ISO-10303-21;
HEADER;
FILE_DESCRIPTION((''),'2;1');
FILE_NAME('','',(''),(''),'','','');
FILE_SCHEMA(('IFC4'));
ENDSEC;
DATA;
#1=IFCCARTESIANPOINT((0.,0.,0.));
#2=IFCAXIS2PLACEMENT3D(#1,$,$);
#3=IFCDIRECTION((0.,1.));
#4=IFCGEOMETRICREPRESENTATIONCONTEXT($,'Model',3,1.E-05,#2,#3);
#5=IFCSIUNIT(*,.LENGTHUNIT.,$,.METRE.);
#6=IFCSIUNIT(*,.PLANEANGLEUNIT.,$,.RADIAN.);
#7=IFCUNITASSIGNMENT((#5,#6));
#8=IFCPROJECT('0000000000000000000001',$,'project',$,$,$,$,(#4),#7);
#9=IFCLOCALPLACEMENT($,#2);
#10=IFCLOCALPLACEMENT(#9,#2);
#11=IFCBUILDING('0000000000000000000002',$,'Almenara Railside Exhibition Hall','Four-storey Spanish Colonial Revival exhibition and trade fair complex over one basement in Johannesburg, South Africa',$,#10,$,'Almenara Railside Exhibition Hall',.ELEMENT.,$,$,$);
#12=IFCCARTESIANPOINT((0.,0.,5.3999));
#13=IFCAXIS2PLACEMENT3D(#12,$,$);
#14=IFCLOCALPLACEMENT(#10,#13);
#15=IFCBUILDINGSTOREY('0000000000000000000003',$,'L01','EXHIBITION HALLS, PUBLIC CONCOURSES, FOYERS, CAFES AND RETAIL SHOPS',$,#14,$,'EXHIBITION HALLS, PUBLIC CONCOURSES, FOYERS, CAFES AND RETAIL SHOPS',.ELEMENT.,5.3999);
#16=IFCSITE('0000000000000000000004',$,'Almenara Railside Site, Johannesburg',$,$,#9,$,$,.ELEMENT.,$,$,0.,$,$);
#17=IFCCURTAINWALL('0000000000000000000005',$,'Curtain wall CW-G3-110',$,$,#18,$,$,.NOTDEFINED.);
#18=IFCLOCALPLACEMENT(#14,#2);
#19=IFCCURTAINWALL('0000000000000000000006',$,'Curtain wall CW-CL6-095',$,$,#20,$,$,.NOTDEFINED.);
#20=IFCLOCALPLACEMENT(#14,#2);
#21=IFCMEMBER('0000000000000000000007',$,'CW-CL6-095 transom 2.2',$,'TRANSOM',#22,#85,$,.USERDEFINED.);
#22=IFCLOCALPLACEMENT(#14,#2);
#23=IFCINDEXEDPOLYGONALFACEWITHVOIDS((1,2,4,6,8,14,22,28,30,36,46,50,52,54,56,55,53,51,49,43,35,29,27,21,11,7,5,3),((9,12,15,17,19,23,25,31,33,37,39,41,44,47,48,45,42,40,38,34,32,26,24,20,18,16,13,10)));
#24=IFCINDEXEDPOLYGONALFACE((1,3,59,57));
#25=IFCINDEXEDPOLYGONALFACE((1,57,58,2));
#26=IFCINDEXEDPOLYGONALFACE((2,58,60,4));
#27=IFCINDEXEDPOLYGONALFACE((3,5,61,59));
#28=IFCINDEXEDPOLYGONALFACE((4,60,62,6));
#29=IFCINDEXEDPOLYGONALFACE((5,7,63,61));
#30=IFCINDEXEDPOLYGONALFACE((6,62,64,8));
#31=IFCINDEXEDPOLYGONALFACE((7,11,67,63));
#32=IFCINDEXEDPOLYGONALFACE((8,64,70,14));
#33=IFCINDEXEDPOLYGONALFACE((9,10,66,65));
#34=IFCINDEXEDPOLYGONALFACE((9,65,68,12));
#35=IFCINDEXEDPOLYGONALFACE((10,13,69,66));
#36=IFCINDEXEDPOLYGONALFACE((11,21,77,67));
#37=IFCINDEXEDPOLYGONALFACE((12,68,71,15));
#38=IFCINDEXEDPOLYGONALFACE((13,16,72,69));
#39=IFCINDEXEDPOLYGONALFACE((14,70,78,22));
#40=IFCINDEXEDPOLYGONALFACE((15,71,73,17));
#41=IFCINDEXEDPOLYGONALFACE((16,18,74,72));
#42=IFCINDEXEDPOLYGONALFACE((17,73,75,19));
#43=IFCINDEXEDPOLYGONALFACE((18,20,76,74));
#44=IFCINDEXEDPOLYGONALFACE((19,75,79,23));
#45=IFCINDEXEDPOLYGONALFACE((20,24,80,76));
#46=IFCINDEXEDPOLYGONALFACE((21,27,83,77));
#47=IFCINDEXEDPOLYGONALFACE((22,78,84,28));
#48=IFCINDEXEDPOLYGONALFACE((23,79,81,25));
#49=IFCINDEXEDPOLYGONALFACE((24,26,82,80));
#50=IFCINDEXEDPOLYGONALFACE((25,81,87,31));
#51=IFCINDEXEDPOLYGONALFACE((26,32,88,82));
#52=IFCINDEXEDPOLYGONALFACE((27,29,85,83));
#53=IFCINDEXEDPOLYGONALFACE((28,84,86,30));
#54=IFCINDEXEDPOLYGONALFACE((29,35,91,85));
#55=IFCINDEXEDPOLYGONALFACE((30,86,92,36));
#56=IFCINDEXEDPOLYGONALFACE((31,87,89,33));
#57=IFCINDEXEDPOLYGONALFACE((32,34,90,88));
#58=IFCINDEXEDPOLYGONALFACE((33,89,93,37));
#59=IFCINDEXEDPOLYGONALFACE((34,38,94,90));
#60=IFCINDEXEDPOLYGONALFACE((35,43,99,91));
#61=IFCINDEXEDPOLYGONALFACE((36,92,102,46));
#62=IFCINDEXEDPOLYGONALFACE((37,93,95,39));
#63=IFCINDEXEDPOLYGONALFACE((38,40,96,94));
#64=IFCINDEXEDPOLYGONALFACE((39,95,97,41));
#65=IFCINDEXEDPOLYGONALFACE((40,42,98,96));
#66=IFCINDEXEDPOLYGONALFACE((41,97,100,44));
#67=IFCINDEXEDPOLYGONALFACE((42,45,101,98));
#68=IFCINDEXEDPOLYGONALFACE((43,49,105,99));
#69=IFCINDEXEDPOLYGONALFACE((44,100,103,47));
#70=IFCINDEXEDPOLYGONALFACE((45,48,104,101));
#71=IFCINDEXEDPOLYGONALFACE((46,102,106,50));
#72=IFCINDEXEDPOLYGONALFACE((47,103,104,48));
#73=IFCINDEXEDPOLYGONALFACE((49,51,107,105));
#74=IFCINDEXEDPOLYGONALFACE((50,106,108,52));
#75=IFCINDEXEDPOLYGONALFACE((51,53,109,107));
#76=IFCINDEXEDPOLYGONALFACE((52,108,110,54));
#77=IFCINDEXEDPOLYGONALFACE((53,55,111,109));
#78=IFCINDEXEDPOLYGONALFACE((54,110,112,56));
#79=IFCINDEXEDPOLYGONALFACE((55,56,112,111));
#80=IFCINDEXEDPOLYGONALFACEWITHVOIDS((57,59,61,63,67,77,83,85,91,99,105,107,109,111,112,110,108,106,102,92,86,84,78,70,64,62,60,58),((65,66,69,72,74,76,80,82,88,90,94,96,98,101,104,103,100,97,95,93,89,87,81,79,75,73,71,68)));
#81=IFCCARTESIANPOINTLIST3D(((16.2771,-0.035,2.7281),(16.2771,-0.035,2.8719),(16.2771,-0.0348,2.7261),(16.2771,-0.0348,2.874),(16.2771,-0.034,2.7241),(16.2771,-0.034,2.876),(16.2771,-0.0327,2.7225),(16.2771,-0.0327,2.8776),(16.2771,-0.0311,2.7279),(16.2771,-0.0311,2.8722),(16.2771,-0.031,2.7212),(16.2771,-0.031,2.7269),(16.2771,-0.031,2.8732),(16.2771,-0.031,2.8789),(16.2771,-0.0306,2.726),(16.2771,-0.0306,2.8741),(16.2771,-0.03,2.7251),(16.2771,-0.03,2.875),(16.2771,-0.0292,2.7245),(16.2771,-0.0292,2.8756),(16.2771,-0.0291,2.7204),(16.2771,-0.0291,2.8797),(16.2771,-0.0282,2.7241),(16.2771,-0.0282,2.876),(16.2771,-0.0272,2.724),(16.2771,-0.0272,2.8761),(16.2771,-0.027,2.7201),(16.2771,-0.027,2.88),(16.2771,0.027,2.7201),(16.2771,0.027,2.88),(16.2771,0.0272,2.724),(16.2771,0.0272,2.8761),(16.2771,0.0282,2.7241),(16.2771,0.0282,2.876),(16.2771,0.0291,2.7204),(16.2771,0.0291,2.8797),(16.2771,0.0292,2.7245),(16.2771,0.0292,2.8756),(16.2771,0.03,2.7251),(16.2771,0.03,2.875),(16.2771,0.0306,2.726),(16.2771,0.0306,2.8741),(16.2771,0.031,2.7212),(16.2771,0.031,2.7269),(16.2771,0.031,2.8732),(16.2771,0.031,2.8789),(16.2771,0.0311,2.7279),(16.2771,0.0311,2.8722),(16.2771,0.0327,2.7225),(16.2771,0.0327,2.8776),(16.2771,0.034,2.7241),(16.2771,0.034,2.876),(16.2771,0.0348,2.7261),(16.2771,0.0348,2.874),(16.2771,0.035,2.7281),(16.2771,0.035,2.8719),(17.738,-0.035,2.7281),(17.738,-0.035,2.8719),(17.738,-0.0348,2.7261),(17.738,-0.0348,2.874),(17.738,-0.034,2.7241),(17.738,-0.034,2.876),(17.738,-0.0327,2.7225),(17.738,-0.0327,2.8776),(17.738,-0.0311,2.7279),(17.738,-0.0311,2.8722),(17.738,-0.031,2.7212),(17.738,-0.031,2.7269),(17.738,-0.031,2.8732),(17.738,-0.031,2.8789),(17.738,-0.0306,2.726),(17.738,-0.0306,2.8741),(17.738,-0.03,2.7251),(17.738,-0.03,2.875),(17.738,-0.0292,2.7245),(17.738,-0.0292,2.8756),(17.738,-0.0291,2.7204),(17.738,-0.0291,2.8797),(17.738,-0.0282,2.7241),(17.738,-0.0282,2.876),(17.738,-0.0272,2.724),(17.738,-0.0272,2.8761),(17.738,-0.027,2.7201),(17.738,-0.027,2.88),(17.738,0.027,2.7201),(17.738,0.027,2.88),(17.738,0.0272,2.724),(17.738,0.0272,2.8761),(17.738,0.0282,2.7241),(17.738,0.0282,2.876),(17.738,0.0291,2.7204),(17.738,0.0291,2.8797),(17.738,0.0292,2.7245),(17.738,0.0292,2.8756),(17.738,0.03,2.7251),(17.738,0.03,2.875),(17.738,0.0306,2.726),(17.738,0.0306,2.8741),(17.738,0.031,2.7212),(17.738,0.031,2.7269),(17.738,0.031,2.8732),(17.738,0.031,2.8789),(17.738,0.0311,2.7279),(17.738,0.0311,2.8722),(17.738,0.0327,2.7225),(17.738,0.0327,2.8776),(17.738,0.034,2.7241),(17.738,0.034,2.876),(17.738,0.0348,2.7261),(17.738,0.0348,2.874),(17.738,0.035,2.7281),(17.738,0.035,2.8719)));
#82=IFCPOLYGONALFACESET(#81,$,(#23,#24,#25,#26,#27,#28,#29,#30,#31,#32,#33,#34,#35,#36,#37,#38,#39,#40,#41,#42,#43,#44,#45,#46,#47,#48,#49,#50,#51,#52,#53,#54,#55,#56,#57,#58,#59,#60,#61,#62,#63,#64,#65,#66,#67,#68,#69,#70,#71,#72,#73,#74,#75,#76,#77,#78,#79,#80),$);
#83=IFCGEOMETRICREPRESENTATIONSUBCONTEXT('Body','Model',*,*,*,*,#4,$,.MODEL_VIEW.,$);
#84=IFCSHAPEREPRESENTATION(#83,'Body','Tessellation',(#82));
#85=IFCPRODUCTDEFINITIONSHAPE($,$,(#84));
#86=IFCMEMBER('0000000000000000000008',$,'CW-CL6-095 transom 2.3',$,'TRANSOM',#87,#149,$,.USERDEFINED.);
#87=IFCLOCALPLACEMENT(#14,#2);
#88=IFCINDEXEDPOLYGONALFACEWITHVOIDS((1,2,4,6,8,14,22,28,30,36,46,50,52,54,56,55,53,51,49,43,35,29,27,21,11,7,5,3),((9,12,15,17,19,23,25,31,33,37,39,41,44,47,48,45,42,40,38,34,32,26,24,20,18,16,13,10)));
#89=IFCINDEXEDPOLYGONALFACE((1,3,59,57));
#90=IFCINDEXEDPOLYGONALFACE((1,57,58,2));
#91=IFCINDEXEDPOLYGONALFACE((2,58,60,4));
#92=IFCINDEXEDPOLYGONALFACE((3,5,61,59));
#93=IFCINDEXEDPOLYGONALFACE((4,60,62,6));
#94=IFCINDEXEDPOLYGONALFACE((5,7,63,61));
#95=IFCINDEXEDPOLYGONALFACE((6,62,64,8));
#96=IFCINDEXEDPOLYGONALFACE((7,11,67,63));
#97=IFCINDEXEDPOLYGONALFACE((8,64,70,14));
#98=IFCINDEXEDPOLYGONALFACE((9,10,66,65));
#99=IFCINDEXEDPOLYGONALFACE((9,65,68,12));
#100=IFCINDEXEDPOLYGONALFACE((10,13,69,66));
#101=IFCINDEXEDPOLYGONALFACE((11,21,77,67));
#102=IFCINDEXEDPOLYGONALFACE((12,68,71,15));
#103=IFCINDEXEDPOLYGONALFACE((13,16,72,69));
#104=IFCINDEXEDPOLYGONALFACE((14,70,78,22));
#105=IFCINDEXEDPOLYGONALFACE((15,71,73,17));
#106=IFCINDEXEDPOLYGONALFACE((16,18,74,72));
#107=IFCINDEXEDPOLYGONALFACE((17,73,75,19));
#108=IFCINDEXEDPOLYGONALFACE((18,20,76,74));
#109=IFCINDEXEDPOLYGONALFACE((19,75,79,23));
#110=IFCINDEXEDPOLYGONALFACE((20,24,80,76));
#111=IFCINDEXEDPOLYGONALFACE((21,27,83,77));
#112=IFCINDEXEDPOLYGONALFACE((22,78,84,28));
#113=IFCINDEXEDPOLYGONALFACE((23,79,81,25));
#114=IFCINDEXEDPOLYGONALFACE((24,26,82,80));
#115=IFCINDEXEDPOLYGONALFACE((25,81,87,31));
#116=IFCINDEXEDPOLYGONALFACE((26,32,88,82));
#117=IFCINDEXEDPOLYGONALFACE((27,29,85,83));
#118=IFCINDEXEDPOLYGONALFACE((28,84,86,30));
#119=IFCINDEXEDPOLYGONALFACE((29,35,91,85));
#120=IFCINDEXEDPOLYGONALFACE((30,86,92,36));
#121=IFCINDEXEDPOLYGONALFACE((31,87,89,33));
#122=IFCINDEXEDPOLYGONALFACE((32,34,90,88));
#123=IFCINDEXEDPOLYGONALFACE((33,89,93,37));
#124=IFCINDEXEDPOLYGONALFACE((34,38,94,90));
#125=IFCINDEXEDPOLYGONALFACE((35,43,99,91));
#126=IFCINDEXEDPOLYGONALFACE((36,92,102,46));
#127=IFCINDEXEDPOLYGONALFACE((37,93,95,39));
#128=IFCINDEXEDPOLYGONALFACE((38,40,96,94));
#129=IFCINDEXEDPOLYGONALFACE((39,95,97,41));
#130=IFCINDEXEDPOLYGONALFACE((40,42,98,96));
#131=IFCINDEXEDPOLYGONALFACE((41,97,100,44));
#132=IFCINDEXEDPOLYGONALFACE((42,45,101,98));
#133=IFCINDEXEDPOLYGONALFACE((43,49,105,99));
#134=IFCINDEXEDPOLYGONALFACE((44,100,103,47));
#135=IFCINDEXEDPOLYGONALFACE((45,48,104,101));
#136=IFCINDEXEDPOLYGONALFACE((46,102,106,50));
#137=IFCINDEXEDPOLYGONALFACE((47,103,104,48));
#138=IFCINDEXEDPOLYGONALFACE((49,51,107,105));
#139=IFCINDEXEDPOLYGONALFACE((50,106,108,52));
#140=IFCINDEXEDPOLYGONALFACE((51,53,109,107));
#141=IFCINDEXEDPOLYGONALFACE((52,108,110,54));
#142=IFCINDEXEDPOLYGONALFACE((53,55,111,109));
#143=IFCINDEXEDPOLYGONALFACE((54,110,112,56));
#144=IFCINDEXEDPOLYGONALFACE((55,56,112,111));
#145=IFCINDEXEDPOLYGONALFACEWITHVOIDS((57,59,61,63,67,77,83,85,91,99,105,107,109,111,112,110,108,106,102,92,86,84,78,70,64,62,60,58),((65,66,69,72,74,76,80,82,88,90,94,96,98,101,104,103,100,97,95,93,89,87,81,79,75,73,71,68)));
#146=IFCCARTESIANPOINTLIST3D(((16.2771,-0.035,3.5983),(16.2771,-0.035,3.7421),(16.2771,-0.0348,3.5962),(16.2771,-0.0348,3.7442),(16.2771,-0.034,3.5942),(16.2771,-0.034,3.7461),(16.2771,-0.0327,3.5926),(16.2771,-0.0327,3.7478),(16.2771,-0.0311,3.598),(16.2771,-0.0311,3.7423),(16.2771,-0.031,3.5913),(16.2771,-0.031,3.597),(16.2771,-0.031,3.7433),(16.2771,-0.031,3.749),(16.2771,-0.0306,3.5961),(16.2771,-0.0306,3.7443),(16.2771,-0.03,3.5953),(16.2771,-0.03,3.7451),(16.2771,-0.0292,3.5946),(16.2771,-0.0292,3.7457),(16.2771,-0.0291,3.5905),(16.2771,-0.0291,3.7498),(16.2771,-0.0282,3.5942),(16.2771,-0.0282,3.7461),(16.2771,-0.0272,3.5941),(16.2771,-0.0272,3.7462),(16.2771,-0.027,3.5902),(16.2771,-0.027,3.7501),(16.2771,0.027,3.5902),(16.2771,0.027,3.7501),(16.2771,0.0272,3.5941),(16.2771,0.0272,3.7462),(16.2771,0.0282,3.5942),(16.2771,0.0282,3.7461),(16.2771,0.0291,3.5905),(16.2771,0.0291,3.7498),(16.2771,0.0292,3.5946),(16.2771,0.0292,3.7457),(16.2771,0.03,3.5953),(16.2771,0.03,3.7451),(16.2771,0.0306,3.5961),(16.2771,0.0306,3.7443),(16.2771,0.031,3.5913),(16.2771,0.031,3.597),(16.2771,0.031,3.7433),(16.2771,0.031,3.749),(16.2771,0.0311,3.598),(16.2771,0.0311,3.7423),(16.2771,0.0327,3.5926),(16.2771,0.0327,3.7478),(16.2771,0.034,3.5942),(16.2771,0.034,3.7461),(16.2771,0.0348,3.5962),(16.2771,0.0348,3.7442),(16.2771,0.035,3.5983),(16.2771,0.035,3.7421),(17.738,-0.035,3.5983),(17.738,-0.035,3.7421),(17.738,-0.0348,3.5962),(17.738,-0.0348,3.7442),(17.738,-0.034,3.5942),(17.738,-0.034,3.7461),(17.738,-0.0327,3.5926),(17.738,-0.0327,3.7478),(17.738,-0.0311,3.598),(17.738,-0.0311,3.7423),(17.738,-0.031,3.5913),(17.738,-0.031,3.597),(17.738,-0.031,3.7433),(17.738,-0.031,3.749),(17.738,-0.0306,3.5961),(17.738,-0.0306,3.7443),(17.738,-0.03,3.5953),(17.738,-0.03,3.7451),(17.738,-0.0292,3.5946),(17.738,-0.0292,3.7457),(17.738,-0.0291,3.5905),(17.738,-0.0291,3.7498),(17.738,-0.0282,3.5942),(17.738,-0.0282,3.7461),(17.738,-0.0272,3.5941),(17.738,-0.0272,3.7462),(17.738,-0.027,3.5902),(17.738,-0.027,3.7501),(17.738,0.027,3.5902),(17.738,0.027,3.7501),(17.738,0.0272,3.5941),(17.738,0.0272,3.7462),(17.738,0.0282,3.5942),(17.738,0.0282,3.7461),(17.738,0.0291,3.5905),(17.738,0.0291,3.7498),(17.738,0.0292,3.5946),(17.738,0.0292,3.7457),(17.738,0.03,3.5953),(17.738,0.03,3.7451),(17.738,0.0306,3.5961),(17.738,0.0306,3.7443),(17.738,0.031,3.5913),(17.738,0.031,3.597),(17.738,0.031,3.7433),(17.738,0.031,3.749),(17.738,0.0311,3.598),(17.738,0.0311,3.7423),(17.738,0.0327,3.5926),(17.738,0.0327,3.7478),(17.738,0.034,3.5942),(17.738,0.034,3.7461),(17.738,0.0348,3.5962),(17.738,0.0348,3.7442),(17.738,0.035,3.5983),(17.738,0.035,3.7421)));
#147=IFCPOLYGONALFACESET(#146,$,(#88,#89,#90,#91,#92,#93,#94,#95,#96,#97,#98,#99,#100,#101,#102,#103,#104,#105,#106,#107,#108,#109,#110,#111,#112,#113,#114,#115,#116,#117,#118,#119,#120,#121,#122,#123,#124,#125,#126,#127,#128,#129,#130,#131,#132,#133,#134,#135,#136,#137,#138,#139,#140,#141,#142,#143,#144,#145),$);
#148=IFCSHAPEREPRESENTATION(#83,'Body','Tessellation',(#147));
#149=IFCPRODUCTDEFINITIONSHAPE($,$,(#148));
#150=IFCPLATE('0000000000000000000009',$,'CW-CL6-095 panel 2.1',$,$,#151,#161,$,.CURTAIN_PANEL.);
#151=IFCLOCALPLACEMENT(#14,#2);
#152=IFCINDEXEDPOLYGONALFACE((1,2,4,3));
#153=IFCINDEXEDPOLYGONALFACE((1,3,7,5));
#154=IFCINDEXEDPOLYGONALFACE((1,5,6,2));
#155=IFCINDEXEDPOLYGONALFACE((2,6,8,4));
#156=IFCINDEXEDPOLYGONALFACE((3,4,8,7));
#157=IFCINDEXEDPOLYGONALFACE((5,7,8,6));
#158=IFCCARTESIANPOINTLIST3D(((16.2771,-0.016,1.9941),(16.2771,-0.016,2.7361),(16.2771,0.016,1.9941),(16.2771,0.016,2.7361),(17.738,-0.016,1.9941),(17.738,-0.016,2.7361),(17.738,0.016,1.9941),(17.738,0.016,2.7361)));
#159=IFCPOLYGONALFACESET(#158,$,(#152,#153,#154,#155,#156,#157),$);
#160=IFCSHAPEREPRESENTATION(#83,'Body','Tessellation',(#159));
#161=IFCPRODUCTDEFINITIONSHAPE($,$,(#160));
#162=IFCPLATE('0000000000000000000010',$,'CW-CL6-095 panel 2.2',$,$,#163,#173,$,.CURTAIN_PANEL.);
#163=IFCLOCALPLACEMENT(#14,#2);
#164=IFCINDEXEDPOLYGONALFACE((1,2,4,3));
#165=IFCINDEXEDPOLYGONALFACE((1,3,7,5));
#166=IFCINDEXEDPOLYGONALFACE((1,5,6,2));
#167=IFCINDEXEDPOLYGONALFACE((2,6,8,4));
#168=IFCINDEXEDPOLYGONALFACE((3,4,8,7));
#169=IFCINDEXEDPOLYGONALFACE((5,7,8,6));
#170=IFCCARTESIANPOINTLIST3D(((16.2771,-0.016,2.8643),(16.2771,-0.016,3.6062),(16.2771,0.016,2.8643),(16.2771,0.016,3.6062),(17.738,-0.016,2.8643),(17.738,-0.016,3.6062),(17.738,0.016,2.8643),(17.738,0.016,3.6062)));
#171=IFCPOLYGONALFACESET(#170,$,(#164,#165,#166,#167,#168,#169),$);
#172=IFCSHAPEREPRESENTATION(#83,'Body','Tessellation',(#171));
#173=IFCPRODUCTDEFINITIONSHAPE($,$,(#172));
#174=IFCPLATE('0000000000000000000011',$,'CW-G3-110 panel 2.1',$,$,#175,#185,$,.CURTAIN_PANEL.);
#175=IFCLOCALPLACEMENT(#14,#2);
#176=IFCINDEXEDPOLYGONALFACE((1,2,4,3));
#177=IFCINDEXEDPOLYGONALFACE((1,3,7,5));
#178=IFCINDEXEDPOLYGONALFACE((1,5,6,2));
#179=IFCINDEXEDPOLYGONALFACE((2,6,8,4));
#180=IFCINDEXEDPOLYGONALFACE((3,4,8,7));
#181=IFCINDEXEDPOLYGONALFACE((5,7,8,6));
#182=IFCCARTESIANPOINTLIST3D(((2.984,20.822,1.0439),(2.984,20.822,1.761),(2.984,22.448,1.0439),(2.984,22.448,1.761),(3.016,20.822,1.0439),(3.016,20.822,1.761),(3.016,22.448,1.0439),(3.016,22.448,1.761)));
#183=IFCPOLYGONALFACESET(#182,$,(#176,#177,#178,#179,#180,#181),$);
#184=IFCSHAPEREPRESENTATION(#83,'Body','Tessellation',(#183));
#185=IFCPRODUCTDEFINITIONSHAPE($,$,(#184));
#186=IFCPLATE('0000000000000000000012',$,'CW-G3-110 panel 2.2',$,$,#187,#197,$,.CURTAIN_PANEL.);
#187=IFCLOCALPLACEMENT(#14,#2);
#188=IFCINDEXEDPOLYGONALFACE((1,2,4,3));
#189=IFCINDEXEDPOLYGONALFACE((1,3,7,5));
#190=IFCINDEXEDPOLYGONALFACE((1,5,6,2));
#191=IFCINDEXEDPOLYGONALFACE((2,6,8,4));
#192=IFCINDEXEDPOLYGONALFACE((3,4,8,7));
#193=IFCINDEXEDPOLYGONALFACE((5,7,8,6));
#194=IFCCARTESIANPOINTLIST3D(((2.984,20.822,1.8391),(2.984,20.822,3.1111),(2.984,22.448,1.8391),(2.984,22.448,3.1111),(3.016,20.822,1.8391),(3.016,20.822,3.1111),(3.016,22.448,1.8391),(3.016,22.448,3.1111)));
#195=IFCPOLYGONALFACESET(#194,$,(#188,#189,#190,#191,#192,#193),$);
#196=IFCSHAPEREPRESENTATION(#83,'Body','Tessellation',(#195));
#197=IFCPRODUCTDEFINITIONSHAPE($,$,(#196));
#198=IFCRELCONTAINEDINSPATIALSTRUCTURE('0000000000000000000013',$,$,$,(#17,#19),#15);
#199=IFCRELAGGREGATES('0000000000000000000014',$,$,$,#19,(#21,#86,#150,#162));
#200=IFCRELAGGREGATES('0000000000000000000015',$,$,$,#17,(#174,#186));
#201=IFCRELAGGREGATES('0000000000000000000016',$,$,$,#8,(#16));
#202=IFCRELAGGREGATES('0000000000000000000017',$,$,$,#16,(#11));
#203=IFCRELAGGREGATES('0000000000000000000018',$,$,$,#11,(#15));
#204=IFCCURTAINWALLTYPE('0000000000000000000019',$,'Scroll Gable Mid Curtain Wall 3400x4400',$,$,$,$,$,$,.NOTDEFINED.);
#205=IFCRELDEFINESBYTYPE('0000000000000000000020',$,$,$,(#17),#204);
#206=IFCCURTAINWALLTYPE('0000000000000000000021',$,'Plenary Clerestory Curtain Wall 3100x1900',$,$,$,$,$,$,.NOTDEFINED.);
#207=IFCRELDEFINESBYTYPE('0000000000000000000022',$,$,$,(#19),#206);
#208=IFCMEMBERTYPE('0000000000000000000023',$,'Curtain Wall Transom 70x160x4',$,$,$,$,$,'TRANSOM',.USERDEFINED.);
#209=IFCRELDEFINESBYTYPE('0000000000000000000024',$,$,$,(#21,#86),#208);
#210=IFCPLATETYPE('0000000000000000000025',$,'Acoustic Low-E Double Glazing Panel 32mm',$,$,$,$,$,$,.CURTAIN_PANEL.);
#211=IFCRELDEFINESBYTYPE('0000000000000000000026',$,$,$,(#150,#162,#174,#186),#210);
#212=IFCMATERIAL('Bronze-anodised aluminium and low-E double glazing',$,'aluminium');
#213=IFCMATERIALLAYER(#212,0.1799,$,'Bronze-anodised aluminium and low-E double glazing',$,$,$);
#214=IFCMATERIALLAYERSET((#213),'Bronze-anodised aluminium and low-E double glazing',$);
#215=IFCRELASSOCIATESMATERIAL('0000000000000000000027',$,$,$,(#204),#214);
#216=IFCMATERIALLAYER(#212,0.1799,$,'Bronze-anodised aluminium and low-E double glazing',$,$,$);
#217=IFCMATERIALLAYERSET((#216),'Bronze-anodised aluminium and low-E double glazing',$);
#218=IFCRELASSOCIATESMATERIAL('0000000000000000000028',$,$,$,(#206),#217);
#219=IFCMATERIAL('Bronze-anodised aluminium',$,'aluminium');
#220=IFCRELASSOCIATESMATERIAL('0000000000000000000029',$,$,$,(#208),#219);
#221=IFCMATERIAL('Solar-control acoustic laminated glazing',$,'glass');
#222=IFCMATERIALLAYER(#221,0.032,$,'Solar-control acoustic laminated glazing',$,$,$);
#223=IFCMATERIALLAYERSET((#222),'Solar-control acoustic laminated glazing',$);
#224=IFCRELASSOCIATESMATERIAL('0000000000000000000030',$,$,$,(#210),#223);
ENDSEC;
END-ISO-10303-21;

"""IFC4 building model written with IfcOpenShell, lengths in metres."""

from ifc_helpers import new_model, si_unit, direction, frame, origin, origin_2d, place, context, subcontext, project, spatial, rectangle, hollow_rectangle, extrude, material, layer, layer_set, material_profile, profile_set, type_object, element, aggregate, save


model = new_model("IFC4")

# Units and contexts
model_context = context("Model", 3, precision=1e-05, world=origin(), true_north=direction((0.0, 1.0)))
body_context = subcontext(model_context, "Body", "Model", "MODEL_VIEW")
ifc_project = project(units=[si_unit("LENGTHUNIT", "METRE"), si_unit("PLANEANGLEUNIT", "RADIAN")], contexts=[model_context])

# Site, building, storey
site_placement = place(None, origin())
site = spatial("IfcSite", under=ifc_project, at=site_placement, Name="Almenara Railside Site, Johannesburg", CompositionType="ELEMENT", RefElevation=0.0)
building_placement = place(site_placement, origin())
building = spatial("IfcBuilding", under=site, at=building_placement, Name="Almenara Railside Exhibition Hall", Description="Four-storey Spanish Colonial Revival exhibition and trade fair complex over one basement in Johannesburg, South Africa", LongName="Almenara Railside Exhibition Hall", CompositionType="ELEMENT")
storey_placement = place(building_placement, frame((0.0, 0.0, 5.3999)))
storey = spatial("IfcBuildingStorey", under=building, at=storey_placement, Name="L01", Description="EXHIBITION HALLS, PUBLIC CONCOURSES, FOYERS, CAFES AND RETAIL SHOPS", LongName="EXHIBITION HALLS, PUBLIC CONCOURSES, FOYERS, CAFES AND RETAIL SHOPS", CompositionType="ELEMENT", Elevation=5.3999)

# Curtain walls
ifc_material_1 = material(Name="Bronze-anodised aluminium and low-E double glazing", Category="aluminium")
ifc_material_2 = material(Name="Bronze-anodised aluminium", Category="aluminium")
ifc_layer_1 = layer(ifc_material_1, 0.1799, Name="Bronze-anodised aluminium and low-E double glazing")
ifc_layer_set_1 = layer_set([ifc_layer_1], Name="Bronze-anodised aluminium and low-E double glazing")
curtain_wall_type_1 = type_object("IfcCurtainWallType", Name="Scroll Gable Mid Curtain Wall 3400x4400", PredefinedType="NOTDEFINED", material=ifc_layer_set_1)
curtain_wall_1_placement = place(storey_placement, origin())
curtain_wall_1 = element("IfcCurtainWall", 1, at=curtain_wall_1_placement, inside=storey, type_object=curtain_wall_type_1, Name="Curtain wall CW-G3-110", PredefinedType="NOTDEFINED")
ifc_layer_2 = layer(ifc_material_1, 0.1799, Name="Bronze-anodised aluminium and low-E double glazing")
ifc_layer_set_2 = layer_set([ifc_layer_2], Name="Bronze-anodised aluminium and low-E double glazing")
curtain_wall_type_2 = type_object("IfcCurtainWallType", Name="Plenary Clerestory Curtain Wall 3100x1900", PredefinedType="NOTDEFINED", material=ifc_layer_set_2)
curtain_wall_2_placement = place(storey_placement, origin())
curtain_wall_2 = element("IfcCurtainWall", 2, at=curtain_wall_2_placement, inside=storey, type_object=curtain_wall_type_2, Name="Curtain wall CW-CL6-095", PredefinedType="NOTDEFINED")

# Members
ifc_material_profile_1 = material_profile(ifc_material_2, hollow_rectangle(XDim=0.0701, YDim=0.1599, WallThickness=0.0039, InnerFilletRadius=0.0039, OuterFilletRadius=0.0081, at=origin_2d()), Name="ALU-TRN 70x160x4")
ifc_profile_set_1 = profile_set([ifc_material_profile_1], Name="Bronze-anodised aluminium")
member_type_1 = type_object("IfcMemberType", Name="Curtain Wall Transom 70x160x4", ElementType="TRANSOM", PredefinedType="USERDEFINED", material=ifc_profile_set_1)
member_1_placement = place(storey_placement, frame((16.2771, 0.0, 2.8), z_axis=(1.0, 0.0, 0.0), x_axis=(0.0, 1.0, 0.0)))
member_1 = element("IfcMember", 3, at=member_1_placement, type_object=member_type_1, Name="CW-CL6-095 transom 2.2", ObjectType="TRANSOM", PredefinedType="USERDEFINED", context=body_context, shape_type="SweptSolid", body=[
    extrude(hollow_rectangle(XDim=0.0701, YDim=0.1599, WallThickness=0.0039, InnerFilletRadius=0.0039, OuterFilletRadius=0.0081, at=origin_2d()), origin(), (0.0, 0.0, 1.0), 1.4609),
])
member_2_placement = place(storey_placement, frame((16.2771, 0.0, 3.6702), z_axis=(1.0, 0.0, 0.0), x_axis=(0.0, 1.0, 0.0)))
member_2 = element("IfcMember", 4, at=member_2_placement, type_object=member_type_1, Name="CW-CL6-095 transom 2.3", ObjectType="TRANSOM", PredefinedType="USERDEFINED", context=body_context, shape_type="SweptSolid", body=[
    extrude(hollow_rectangle(XDim=0.0701, YDim=0.1599, WallThickness=0.0039, InnerFilletRadius=0.0039, OuterFilletRadius=0.0081, at=origin_2d()), origin(), (0.0, 0.0, 1.0), 1.4609),
])

# Plates
ifc_material_3 = material(Name="Solar-control acoustic laminated glazing", Category="glass")
ifc_layer_3 = layer(ifc_material_3, 0.032, Name="Solar-control acoustic laminated glazing")
ifc_layer_set_3 = layer_set([ifc_layer_3], Name="Solar-control acoustic laminated glazing")
plate_type = type_object("IfcPlateType", Name="Acoustic Low-E Double Glazing Panel 32mm", PredefinedType="CURTAIN_PANEL", material=ifc_layer_set_3)
plate_1_placement = place(storey_placement, frame((17.0076, 0.0, 1.9941), z_axis=(0.0, 0.0, 1.0), x_axis=(1.0, 0.0, 0.0)))
plate_1 = element("IfcPlate", 5, at=plate_1_placement, type_object=plate_type, Name="CW-CL6-095 panel 2.1", PredefinedType="CURTAIN_PANEL", context=body_context, shape_type="SweptSolid", body=[
    extrude(rectangle(XDim=1.4609, YDim=0.032, at=origin_2d()), origin(), (0.0, 0.0, 1.0), 0.7419),
])
plate_2_placement = place(storey_placement, frame((17.0076, 0.0, 2.8643), z_axis=(0.0, 0.0, 1.0), x_axis=(1.0, 0.0, 0.0)))
plate_2 = element("IfcPlate", 6, at=plate_2_placement, type_object=plate_type, Name="CW-CL6-095 panel 2.2", PredefinedType="CURTAIN_PANEL", context=body_context, shape_type="SweptSolid", body=[
    extrude(rectangle(XDim=1.4609, YDim=0.032, at=origin_2d()), origin(), (0.0, 0.0, 1.0), 0.7419),
])
aggregate(curtain_wall_2, [member_1, member_2, plate_1, plate_2])
plate_3_placement = place(storey_placement, frame((3.0, 21.635, 1.0439), z_axis=(0.0, 0.0, 1.0), x_axis=(0.0, 1.0, 0.0)))
plate_3 = element("IfcPlate", 7, at=plate_3_placement, type_object=plate_type, Name="CW-G3-110 panel 2.1", PredefinedType="CURTAIN_PANEL", context=body_context, shape_type="SweptSolid", body=[
    extrude(rectangle(XDim=1.626, YDim=0.032, at=origin_2d()), origin(), (0.0, 0.0, 1.0), 0.717),
])
plate_4_placement = place(storey_placement, frame((3.0, 21.635, 1.8391), z_axis=(0.0, 0.0, 1.0), x_axis=(0.0, 1.0, 0.0)))
plate_4 = element("IfcPlate", 8, at=plate_4_placement, type_object=plate_type, Name="CW-G3-110 panel 2.2", PredefinedType="CURTAIN_PANEL", context=body_context, shape_type="SweptSolid", body=[
    extrude(rectangle(XDim=1.626, YDim=0.032, at=origin_2d()), origin(), (0.0, 0.0, 1.0), 1.272),
])
aggregate(curtain_wall_1, [plate_3, plate_4])

save(model, "model.ifc")
